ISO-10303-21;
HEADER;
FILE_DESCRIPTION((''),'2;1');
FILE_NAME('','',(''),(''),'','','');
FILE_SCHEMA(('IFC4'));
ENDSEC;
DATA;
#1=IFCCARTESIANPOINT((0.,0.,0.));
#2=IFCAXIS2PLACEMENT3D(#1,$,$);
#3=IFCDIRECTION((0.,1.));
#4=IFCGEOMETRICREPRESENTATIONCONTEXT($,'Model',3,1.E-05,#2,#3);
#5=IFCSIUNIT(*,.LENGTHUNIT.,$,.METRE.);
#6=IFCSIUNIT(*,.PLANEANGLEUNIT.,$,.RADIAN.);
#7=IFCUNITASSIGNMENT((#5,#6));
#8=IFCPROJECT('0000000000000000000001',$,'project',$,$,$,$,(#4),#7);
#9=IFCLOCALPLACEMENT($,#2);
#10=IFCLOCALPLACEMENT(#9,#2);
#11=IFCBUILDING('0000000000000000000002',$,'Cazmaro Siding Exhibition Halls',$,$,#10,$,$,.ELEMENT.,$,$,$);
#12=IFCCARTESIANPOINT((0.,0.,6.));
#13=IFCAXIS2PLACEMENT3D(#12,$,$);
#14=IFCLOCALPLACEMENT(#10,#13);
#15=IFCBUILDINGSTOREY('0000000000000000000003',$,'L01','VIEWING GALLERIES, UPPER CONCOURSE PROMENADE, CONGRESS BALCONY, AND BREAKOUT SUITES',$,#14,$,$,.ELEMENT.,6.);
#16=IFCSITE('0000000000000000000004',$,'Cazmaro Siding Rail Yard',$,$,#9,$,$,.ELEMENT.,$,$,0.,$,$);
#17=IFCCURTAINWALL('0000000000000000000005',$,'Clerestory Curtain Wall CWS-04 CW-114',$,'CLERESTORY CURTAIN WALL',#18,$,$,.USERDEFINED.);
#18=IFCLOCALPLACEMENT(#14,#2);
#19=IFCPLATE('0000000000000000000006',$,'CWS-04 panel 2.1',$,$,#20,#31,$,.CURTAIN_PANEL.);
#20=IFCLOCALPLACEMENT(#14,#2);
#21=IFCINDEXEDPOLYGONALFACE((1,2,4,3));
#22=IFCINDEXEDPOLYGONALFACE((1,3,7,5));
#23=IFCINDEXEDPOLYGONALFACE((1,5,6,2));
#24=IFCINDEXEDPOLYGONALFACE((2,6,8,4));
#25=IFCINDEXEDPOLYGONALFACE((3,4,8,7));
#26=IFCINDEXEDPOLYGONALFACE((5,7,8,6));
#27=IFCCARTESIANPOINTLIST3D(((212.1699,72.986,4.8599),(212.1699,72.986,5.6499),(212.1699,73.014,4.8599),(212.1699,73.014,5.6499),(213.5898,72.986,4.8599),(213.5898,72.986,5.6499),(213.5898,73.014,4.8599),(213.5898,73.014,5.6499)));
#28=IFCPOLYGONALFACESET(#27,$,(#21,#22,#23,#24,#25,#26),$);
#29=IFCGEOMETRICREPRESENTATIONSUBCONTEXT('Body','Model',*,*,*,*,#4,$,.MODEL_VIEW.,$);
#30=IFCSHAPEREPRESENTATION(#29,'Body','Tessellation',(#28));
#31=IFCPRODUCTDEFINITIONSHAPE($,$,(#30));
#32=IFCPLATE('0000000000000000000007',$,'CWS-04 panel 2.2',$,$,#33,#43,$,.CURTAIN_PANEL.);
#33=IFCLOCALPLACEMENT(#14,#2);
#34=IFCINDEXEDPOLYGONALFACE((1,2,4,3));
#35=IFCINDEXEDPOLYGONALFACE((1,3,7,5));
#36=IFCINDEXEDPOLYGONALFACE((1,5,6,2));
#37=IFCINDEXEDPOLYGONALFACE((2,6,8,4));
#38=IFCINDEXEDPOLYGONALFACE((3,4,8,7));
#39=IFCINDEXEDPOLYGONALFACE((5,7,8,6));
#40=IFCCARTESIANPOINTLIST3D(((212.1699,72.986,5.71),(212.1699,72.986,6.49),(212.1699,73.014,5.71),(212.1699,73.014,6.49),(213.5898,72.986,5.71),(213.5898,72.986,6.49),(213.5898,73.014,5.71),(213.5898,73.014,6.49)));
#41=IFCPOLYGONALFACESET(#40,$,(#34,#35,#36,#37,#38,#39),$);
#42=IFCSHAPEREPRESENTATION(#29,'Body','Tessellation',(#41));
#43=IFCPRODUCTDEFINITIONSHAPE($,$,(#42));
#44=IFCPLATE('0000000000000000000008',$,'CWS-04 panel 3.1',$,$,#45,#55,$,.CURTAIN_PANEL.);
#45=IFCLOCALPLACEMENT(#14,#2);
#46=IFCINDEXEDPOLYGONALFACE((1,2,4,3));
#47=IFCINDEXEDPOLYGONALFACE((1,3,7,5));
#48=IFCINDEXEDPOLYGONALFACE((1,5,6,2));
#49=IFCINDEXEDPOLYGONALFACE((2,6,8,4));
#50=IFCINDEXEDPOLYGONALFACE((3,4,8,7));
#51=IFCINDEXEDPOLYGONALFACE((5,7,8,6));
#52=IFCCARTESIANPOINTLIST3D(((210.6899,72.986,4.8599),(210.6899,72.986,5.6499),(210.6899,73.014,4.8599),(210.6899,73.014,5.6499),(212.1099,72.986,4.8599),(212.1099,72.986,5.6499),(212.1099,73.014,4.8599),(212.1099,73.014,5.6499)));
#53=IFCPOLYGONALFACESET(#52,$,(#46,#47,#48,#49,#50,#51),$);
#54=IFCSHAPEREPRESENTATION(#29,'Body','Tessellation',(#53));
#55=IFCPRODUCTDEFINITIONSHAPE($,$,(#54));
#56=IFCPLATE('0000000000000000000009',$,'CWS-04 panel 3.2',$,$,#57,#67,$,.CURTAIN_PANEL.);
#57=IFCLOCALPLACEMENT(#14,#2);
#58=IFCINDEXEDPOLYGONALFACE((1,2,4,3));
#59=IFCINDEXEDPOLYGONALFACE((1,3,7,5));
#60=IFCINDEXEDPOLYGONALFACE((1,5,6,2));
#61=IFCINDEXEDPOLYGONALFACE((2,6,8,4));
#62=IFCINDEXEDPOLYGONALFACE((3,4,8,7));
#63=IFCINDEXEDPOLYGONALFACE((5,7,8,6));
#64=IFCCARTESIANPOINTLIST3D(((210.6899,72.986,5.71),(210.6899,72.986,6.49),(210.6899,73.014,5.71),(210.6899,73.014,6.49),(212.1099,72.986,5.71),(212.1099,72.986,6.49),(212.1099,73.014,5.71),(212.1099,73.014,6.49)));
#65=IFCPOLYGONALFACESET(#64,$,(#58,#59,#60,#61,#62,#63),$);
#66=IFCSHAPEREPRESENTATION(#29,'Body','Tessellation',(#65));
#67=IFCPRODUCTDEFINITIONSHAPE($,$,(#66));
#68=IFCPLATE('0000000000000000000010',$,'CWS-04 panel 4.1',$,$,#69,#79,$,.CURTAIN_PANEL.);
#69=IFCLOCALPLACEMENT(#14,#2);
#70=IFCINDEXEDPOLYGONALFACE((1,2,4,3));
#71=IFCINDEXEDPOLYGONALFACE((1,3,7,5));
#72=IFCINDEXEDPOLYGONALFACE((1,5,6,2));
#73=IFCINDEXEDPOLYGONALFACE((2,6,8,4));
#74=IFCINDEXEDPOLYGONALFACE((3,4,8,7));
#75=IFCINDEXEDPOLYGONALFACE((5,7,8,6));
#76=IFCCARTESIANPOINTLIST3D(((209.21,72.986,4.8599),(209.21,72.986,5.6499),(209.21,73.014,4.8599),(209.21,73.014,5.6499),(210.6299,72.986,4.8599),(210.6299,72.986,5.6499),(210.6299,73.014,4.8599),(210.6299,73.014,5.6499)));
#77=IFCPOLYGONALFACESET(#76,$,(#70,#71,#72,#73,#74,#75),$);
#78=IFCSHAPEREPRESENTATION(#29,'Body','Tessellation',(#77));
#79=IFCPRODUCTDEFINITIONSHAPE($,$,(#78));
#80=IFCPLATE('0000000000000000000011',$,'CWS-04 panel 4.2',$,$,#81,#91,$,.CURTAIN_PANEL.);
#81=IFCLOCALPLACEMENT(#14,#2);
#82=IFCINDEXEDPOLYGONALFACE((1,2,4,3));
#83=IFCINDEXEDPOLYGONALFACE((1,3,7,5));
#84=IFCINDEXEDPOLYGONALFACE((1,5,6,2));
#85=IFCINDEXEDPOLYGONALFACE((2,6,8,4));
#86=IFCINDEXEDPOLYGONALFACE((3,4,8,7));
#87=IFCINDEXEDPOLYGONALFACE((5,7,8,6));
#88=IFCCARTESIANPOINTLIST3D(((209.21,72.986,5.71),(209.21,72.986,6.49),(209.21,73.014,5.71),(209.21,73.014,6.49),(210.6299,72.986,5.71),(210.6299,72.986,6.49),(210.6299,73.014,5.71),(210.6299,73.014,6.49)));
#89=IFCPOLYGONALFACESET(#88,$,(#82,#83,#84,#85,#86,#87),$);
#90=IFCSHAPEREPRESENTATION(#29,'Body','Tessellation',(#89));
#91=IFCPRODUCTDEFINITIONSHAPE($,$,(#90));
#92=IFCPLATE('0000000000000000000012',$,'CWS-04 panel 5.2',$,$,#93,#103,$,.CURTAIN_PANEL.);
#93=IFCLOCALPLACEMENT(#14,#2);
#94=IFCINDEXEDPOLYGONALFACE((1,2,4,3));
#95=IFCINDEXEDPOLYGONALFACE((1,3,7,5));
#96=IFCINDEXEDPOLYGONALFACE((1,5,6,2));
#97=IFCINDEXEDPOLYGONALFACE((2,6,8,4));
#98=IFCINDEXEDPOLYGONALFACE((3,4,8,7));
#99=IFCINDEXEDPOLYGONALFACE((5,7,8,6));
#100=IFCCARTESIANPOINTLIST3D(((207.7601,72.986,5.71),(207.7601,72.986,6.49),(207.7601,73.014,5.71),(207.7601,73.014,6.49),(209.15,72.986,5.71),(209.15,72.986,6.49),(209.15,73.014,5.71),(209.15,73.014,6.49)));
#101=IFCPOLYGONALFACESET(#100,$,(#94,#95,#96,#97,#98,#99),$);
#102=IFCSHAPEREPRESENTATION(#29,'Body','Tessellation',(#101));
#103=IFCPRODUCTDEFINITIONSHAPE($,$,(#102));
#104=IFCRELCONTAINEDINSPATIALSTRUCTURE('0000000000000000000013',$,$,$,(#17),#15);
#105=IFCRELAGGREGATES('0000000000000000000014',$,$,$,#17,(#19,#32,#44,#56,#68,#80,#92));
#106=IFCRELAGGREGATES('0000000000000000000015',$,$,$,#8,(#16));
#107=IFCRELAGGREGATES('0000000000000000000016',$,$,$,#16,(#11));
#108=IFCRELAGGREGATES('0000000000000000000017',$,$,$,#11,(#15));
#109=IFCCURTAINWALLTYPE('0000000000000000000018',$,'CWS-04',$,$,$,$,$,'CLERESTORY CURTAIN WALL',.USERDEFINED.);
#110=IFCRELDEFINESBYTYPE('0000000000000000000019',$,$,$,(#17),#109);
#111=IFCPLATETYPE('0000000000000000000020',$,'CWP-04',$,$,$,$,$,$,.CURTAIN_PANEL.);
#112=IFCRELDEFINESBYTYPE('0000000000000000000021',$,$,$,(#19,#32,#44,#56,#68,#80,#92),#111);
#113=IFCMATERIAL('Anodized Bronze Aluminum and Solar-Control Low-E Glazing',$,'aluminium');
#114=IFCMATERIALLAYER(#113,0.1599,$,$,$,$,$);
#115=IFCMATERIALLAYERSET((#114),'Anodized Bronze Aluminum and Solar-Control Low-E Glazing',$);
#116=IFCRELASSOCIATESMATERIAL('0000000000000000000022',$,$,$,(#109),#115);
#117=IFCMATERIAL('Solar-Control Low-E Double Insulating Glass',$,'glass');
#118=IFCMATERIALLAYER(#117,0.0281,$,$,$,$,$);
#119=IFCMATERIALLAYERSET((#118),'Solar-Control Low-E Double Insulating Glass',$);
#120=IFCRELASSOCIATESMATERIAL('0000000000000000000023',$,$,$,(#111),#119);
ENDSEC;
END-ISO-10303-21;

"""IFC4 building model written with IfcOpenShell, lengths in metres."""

from ifc_helpers import new_model, si_unit, direction, frame, origin, origin_2d, place, context, subcontext, project, spatial, rectangle, extrude, material, layer, layer_set, type_object, element, aggregate, save


model = new_model("IFC4")

# Units and contexts
model_context = context("Model", 3, precision=1e-05, world=origin(), true_north=direction((0.0, 1.0)))
body_context = subcontext(model_context, "Body", "Model", "MODEL_VIEW")
ifc_project = project(units=[si_unit("LENGTHUNIT", "METRE"), si_unit("PLANEANGLEUNIT", "RADIAN")], contexts=[model_context])

# Site, building, storey
site_placement = place(None, origin())
site = spatial("IfcSite", under=ifc_project, at=site_placement, Name="Cazmaro Siding Rail Yard", CompositionType="ELEMENT", RefElevation=0.0)
building_placement = place(site_placement, origin())
building = spatial("IfcBuilding", under=site, at=building_placement, Name="Cazmaro Siding Exhibition Halls", CompositionType="ELEMENT")
storey_placement = place(building_placement, frame((0.0, 0.0, 6.0)))
storey = spatial("IfcBuildingStorey", under=building, at=storey_placement, Name="L01", Description="VIEWING GALLERIES, UPPER CONCOURSE PROMENADE, CONGRESS BALCONY, AND BREAKOUT SUITES", CompositionType="ELEMENT", Elevation=6.0)

# Curtain wall, plates
ifc_material_1 = material(Name="Anodized Bronze Aluminum and Solar-Control Low-E Glazing", Category="aluminium")
ifc_layer_1 = layer(ifc_material_1, 0.1599)
ifc_layer_set_1 = layer_set([ifc_layer_1], Name="Anodized Bronze Aluminum and Solar-Control Low-E Glazing")
curtain_wall_type = type_object("IfcCurtainWallType", Name="CWS-04", ElementType="CLERESTORY CURTAIN WALL", PredefinedType="USERDEFINED", material=ifc_layer_set_1)
curtain_wall_placement = place(storey_placement, origin())
curtain_wall = element("IfcCurtainWall", 1, at=curtain_wall_placement, inside=storey, type_object=curtain_wall_type, Name="Clerestory Curtain Wall CWS-04 CW-114", ObjectType="CLERESTORY CURTAIN WALL", PredefinedType="USERDEFINED")
ifc_material_2 = material(Name="Solar-Control Low-E Double Insulating Glass", Category="glass")
ifc_layer_2 = layer(ifc_material_2, 0.0281)
ifc_layer_set_2 = layer_set([ifc_layer_2], Name="Solar-Control Low-E Double Insulating Glass")
plate_type = type_object("IfcPlateType", Name="CWP-04", PredefinedType="CURTAIN_PANEL", material=ifc_layer_set_2)
plate_1_placement = place(storey_placement, frame((212.8799, 73.0, 4.8599), z_axis=(0.0, 0.0, 1.0), x_axis=(-1.0, 0.0, 0.0)))
plate_1 = element("IfcPlate", 2, at=plate_1_placement, type_object=plate_type, Name="CWS-04 panel 2.1", PredefinedType="CURTAIN_PANEL", context=body_context, shape_type="SweptSolid", body=[
    extrude(rectangle(XDim=1.4199, YDim=0.0281, at=origin_2d()), origin(), (0.0, 0.0, 1.0), 0.79),
])
plate_2_placement = place(storey_placement, frame((212.8799, 73.0, 5.71), z_axis=(0.0, 0.0, 1.0), x_axis=(-1.0, 0.0, 0.0)))
plate_2 = element("IfcPlate", 3, at=plate_2_placement, type_object=plate_type, Name="CWS-04 panel 2.2", PredefinedType="CURTAIN_PANEL", context=body_context, shape_type="SweptSolid", body=[
    extrude(rectangle(XDim=1.4199, YDim=0.0281, at=origin_2d()), origin(), (0.0, 0.0, 1.0), 0.78),
])
plate_3_placement = place(storey_placement, frame((211.3999, 73.0, 4.8599), z_axis=(0.0, 0.0, 1.0), x_axis=(-1.0, 0.0, 0.0)))
plate_3 = element("IfcPlate", 4, at=plate_3_placement, type_object=plate_type, Name="CWS-04 panel 3.1", PredefinedType="CURTAIN_PANEL", context=body_context, shape_type="SweptSolid", body=[
    extrude(rectangle(XDim=1.4199, YDim=0.0281, at=origin_2d()), origin(), (0.0, 0.0, 1.0), 0.79),
])
plate_4_placement = place(storey_placement, frame((211.3999, 73.0, 5.71), z_axis=(0.0, 0.0, 1.0), x_axis=(-1.0, 0.0, 0.0)))
plate_4 = element("IfcPlate", 5, at=plate_4_placement, type_object=plate_type, Name="CWS-04 panel 3.2", PredefinedType="CURTAIN_PANEL", context=body_context, shape_type="SweptSolid", body=[
    extrude(rectangle(XDim=1.4199, YDim=0.0281, at=origin_2d()), origin(), (0.0, 0.0, 1.0), 0.78),
])
plate_5_placement = place(storey_placement, frame((209.9199, 73.0, 4.8599), z_axis=(0.0, 0.0, 1.0), x_axis=(-1.0, 0.0, 0.0)))
plate_5 = element("IfcPlate", 6, at=plate_5_placement, type_object=plate_type, Name="CWS-04 panel 4.1", PredefinedType="CURTAIN_PANEL", context=body_context, shape_type="SweptSolid", body=[
    extrude(rectangle(XDim=1.4199, YDim=0.0281, at=origin_2d()), origin(), (0.0, 0.0, 1.0), 0.79),
])
plate_6_placement = place(storey_placement, frame((209.9199, 73.0, 5.71), z_axis=(0.0, 0.0, 1.0), x_axis=(-1.0, 0.0, 0.0)))
plate_6 = element("IfcPlate", 7, at=plate_6_placement, type_object=plate_type, Name="CWS-04 panel 4.2", PredefinedType="CURTAIN_PANEL", context=body_context, shape_type="SweptSolid", body=[
    extrude(rectangle(XDim=1.4199, YDim=0.0281, at=origin_2d()), origin(), (0.0, 0.0, 1.0), 0.78),
])
plate_7_placement = place(storey_placement, frame((208.4551, 73.0, 5.71), z_axis=(0.0, 0.0, 1.0), x_axis=(-1.0, 0.0, 0.0)))
plate_7 = element("IfcPlate", 8, at=plate_7_placement, type_object=plate_type, Name="CWS-04 panel 5.2", PredefinedType="CURTAIN_PANEL", context=body_context, shape_type="SweptSolid", body=[
    extrude(rectangle(XDim=1.3899, YDim=0.0281, at=origin_2d()), origin(), (0.0, 0.0, 1.0), 0.78),
])
aggregate(curtain_wall, [plate_1, plate_2, plate_3, plate_4, plate_5, plate_6, plate_7])

save(model, "model.ifc")
